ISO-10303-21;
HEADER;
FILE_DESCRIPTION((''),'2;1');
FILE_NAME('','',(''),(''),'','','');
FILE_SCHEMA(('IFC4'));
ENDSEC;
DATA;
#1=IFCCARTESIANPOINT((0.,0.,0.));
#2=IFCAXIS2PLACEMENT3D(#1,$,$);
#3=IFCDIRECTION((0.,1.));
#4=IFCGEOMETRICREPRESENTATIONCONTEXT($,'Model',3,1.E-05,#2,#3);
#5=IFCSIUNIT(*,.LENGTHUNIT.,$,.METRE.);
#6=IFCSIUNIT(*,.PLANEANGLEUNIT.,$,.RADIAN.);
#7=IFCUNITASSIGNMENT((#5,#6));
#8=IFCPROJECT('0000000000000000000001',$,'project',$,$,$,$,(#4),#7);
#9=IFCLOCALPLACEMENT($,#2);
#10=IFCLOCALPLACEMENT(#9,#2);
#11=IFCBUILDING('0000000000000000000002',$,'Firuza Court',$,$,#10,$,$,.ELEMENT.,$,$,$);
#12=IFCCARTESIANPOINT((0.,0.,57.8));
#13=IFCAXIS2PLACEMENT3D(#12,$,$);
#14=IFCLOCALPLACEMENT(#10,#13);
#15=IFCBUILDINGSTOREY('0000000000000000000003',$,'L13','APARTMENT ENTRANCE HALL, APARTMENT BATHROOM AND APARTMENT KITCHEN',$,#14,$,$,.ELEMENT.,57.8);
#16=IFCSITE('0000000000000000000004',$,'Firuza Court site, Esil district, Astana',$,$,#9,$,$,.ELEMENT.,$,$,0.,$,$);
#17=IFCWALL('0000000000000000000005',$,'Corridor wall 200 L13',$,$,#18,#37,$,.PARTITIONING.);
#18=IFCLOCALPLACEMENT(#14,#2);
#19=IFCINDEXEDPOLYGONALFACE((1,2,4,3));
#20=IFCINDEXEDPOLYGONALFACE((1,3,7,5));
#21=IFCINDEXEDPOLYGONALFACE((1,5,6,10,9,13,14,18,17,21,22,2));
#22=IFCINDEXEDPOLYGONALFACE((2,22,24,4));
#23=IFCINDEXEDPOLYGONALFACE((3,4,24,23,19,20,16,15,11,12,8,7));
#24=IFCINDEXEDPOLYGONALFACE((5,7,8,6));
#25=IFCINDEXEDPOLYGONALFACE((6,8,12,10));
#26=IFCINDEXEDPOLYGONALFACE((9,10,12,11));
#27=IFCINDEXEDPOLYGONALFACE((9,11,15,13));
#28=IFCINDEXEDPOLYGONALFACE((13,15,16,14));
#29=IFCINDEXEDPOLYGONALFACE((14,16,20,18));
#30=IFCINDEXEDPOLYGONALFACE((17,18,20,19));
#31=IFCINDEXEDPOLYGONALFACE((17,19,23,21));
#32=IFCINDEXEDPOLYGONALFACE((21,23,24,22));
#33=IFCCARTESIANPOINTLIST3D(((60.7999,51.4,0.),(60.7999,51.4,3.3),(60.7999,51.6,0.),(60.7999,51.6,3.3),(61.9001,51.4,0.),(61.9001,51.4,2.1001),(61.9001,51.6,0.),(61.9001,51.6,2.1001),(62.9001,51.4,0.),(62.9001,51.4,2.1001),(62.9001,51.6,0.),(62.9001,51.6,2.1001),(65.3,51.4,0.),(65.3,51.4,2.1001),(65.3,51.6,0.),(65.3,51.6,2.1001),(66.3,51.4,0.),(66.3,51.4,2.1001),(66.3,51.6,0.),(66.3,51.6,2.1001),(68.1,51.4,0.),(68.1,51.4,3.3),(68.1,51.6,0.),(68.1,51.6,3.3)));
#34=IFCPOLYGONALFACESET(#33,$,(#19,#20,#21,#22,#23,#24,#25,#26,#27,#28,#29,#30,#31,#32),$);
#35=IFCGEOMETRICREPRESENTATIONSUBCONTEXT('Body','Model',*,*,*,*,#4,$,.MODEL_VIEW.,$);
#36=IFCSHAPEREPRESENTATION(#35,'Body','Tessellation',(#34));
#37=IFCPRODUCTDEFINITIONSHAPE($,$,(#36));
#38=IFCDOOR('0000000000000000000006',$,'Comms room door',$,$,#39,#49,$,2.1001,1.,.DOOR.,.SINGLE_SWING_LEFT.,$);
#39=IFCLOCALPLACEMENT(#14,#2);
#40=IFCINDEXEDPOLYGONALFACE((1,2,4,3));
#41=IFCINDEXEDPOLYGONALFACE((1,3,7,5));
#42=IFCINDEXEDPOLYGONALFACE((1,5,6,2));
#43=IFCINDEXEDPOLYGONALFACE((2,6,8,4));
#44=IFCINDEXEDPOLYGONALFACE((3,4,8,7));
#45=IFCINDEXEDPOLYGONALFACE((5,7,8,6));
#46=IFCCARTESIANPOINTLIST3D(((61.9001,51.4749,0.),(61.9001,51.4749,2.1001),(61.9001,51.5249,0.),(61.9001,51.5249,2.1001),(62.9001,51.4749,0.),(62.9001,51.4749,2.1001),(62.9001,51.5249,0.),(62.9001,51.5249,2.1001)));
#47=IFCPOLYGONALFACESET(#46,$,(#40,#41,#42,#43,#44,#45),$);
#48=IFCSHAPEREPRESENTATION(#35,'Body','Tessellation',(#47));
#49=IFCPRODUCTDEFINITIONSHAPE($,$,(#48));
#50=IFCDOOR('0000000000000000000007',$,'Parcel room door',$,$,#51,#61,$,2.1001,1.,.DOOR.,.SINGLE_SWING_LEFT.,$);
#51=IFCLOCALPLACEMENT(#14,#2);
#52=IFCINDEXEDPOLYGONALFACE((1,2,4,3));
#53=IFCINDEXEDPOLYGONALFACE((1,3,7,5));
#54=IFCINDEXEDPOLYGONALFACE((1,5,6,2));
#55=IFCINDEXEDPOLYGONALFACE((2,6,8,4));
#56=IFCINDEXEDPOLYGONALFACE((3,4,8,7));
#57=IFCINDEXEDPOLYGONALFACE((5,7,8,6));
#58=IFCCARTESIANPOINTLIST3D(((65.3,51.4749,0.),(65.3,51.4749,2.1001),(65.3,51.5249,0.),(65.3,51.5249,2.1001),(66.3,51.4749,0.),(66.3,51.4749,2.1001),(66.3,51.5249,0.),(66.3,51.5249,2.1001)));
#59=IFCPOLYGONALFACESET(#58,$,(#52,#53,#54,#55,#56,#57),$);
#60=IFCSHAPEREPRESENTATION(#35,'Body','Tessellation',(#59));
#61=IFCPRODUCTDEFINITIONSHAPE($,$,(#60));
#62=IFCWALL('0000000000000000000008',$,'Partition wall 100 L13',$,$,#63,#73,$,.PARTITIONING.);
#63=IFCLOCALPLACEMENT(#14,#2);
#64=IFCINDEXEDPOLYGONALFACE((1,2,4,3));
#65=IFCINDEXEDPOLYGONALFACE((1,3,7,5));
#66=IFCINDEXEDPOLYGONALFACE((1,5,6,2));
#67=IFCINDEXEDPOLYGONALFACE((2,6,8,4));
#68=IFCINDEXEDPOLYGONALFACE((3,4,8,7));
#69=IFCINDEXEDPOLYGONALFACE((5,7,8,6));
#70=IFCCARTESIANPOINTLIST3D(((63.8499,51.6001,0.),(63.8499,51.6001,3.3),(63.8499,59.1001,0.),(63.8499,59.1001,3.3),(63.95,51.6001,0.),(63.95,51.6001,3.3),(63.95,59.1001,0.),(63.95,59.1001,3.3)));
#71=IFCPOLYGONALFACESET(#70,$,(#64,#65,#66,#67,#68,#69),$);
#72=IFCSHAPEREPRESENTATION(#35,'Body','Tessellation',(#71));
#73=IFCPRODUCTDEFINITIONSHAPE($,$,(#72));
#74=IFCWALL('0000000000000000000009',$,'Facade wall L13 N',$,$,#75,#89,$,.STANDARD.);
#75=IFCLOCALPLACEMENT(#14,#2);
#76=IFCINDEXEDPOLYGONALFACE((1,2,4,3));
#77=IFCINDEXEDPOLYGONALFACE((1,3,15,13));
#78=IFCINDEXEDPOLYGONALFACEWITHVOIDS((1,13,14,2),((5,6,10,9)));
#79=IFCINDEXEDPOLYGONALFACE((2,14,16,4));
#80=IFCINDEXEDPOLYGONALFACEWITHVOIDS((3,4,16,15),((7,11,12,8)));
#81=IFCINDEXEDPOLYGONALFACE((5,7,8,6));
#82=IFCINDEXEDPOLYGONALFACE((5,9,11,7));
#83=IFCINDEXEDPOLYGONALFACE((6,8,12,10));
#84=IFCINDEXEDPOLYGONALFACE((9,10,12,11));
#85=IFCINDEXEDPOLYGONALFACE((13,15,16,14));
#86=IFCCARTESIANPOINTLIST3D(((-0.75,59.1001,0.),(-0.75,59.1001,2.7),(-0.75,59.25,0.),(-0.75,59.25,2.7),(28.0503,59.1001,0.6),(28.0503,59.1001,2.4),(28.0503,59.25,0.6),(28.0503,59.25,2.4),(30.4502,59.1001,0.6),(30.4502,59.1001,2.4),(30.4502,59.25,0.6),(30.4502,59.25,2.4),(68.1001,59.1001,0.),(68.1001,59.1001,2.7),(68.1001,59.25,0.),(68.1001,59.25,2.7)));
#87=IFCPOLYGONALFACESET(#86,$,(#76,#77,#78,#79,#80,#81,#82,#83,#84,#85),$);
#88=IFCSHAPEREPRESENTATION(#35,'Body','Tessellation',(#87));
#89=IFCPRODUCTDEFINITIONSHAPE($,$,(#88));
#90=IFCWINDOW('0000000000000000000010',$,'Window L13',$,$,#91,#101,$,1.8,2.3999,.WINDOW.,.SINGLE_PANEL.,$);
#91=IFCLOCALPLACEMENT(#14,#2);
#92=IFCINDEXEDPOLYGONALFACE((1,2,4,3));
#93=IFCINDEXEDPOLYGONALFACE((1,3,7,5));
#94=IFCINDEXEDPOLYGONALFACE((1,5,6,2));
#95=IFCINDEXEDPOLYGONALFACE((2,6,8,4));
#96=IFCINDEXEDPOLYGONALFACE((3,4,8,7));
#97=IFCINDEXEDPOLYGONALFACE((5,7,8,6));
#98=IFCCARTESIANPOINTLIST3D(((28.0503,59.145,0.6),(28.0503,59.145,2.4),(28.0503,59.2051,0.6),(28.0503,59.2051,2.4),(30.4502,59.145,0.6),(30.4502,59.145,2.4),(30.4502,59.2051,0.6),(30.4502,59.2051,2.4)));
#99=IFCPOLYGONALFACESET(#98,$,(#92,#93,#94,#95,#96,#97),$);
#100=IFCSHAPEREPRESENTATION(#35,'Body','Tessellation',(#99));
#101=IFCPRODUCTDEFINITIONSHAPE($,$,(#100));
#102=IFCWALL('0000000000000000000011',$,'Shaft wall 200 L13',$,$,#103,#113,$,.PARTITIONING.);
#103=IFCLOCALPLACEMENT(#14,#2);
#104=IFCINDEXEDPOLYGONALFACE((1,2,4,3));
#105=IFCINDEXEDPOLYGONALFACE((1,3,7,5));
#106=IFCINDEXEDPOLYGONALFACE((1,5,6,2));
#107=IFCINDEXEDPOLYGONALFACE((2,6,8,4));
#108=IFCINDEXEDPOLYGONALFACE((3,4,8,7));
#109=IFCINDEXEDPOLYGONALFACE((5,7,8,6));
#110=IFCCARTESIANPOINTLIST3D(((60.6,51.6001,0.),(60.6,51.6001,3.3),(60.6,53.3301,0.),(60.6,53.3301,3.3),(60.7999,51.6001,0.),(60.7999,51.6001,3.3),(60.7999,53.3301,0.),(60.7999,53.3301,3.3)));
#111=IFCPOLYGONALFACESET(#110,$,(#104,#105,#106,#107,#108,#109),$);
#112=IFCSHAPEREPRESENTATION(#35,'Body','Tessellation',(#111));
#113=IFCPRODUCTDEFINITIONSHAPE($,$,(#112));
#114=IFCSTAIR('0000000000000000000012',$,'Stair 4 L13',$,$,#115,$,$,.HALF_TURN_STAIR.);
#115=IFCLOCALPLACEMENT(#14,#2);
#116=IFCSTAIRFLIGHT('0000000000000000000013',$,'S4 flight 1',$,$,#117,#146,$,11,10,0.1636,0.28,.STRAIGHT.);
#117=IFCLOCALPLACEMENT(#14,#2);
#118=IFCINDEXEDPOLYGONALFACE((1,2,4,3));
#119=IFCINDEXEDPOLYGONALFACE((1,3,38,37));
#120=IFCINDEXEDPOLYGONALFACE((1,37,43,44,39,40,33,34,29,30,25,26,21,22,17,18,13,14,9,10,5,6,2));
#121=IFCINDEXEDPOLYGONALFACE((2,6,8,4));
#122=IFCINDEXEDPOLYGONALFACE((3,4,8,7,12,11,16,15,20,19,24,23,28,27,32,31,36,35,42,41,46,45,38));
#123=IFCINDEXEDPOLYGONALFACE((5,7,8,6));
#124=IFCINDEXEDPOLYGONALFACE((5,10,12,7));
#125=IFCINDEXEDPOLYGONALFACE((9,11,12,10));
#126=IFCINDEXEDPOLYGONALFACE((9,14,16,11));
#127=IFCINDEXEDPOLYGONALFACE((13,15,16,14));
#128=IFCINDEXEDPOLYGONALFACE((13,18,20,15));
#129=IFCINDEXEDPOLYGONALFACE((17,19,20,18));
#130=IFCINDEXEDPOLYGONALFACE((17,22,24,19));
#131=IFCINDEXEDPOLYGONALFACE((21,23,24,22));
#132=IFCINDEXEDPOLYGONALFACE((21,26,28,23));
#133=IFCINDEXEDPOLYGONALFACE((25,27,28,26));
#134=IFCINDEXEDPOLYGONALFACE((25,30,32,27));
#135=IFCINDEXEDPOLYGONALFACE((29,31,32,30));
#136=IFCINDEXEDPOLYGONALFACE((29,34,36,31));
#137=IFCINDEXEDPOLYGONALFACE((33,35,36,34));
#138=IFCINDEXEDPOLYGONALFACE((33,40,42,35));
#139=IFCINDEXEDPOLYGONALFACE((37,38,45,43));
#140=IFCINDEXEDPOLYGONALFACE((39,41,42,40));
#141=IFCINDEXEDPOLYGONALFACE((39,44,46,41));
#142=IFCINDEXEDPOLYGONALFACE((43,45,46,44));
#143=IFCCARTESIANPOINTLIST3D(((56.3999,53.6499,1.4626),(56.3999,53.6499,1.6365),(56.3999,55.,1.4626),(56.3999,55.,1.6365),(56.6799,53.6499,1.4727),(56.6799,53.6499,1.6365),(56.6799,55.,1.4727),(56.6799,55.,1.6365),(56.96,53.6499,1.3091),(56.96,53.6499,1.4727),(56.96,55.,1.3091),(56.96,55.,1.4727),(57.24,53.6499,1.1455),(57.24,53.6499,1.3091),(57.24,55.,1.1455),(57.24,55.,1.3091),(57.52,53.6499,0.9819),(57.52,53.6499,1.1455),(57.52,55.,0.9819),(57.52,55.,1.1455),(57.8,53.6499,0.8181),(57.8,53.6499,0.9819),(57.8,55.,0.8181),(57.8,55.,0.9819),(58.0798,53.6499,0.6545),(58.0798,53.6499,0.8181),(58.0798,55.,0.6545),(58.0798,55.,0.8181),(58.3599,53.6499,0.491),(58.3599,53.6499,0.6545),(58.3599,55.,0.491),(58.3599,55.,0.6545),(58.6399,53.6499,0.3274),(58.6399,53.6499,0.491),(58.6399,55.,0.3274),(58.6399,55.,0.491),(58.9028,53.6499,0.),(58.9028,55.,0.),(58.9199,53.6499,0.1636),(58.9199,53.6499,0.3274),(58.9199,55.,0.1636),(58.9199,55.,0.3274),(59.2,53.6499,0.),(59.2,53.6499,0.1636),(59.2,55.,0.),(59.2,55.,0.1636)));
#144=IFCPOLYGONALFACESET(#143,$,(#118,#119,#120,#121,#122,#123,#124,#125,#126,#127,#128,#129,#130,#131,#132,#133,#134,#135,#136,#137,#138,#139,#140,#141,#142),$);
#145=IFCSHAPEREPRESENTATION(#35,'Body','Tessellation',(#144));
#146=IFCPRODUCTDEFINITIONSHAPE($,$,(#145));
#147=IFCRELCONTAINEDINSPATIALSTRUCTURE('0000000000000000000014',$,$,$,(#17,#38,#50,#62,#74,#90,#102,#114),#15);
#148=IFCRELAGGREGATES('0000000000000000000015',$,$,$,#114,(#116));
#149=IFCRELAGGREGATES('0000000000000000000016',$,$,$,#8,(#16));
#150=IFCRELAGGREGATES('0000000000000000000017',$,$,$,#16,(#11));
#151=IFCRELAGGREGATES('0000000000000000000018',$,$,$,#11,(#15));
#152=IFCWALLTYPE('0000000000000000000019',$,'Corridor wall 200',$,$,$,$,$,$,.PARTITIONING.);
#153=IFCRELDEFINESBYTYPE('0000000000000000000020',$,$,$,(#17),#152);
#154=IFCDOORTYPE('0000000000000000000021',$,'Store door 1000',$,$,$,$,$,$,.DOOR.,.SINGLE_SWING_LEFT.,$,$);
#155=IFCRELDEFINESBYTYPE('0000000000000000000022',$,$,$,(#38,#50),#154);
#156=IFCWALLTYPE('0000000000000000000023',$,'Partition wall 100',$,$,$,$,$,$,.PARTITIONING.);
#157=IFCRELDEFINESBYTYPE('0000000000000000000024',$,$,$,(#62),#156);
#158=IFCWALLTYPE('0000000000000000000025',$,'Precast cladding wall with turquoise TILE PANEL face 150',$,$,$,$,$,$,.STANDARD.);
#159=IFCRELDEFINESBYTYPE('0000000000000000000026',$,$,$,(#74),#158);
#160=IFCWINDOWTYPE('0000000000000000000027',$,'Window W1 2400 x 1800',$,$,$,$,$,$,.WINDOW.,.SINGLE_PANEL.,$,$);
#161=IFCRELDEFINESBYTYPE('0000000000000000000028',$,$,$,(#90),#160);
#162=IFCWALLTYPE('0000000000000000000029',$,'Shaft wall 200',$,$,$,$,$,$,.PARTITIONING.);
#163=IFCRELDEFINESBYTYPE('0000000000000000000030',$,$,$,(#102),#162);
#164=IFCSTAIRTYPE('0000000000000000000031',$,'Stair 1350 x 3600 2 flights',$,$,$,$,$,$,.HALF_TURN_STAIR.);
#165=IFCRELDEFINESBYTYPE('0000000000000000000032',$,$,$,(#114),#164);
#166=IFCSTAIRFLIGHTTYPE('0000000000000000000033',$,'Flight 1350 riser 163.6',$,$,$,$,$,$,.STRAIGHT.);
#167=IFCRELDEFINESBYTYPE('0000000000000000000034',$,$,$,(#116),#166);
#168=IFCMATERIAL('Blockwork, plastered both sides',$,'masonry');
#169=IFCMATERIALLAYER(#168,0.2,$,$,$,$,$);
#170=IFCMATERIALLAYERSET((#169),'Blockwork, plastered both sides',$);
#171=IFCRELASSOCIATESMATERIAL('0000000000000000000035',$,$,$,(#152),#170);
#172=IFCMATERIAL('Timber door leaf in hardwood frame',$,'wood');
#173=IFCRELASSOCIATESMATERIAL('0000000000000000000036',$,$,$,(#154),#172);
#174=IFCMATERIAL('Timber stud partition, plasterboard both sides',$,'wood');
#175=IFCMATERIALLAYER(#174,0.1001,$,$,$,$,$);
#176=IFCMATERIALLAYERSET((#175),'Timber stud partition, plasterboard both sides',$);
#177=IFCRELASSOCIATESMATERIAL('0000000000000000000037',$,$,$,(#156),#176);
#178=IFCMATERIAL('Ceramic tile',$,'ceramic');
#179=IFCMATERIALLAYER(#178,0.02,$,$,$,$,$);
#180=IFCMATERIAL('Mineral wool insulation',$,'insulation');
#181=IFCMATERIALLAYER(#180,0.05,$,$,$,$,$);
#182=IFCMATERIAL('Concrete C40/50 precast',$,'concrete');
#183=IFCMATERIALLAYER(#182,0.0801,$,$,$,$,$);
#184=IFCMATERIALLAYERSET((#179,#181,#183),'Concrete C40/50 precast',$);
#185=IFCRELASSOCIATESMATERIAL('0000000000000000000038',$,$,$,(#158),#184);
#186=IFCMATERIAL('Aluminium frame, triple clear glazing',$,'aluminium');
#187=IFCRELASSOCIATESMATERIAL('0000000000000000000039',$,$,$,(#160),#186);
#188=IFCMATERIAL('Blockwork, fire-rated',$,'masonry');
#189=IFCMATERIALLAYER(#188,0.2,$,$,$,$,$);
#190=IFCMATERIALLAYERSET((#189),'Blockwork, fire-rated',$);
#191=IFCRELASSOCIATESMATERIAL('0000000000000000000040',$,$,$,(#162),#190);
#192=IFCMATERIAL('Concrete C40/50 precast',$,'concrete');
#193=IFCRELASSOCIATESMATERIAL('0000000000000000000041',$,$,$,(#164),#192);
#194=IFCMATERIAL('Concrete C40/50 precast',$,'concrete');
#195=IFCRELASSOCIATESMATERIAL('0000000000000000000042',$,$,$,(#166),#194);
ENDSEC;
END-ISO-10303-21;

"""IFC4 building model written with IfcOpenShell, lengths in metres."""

from ifc_helpers import new_model, si_unit, direction, frame, frame_2d, origin, place, context, subcontext, project, spatial, polyline, rectangle, outline, extrude, material, layer, layer_set, type_object, element, fill, aggregate, save


model = new_model("IFC4")

# Units and contexts
model_context = context("Model", 3, precision=1e-05, world=origin(), true_north=direction((0.0, 1.0)))
body_context = subcontext(model_context, "Body", "Model", "MODEL_VIEW")
ifc_project = project(units=[si_unit("LENGTHUNIT", "METRE"), si_unit("PLANEANGLEUNIT", "RADIAN")], contexts=[model_context])

# Site, building, storey
site_placement = place(None, origin())
site = spatial("IfcSite", under=ifc_project, at=site_placement, Name="Firuza Court site, Esil district, Astana", CompositionType="ELEMENT", RefElevation=0.0)
building_placement = place(site_placement, origin())
building = spatial("IfcBuilding", under=site, at=building_placement, Name="Firuza Court", CompositionType="ELEMENT")
storey_placement = place(building_placement, frame((0.0, 0.0, 57.8)))
storey = spatial("IfcBuildingStorey", under=building, at=storey_placement, Name="L13", Description="APARTMENT ENTRANCE HALL, APARTMENT BATHROOM AND APARTMENT KITCHEN", CompositionType="ELEMENT", Elevation=57.8)

# Wall, openings, doors
ifc_material_1 = material(Name="Blockwork, plastered both sides", Category="masonry")
ifc_layer_1 = layer(ifc_material_1, 0.2)
ifc_layer_set_1 = layer_set([ifc_layer_1], Name="Blockwork, plastered both sides")
wall_type_1 = type_object("IfcWallType", Name="Corridor wall 200", PredefinedType="PARTITIONING", material=ifc_layer_set_1)
wall_1_placement = place(storey_placement, frame((60.8, 51.5, 0.0), z_axis=(0.0, 0.0, 1.0), x_axis=(1.0, 0.0, 0.0)))
wall_1 = element("IfcWall", 1, at=wall_1_placement, inside=storey, type_object=wall_type_1, Name="Corridor wall 200 L13", PredefinedType="PARTITIONING", context=body_context, shape_type="SweptSolid", body=[
    extrude(rectangle(XDim=7.3, YDim=0.2, at=frame_2d((3.6499, 0.0))), origin(), (0.0, 0.0, 1.0), 3.3),
])
opening_1_placement = place(wall_1_placement, frame((1.1001, 0.0, 0.0)))
opening_1 = element("IfcOpeningElement", 2, at=opening_1_placement, cuts=wall_1, PredefinedType="OPENING", context=body_context, shape_type="SweptSolid", body=[
    extrude(rectangle(XDim=1.0, YDim=2.1001, at=frame_2d((0.5, 1.05))), frame((0.0, 0.1118, 0.0), z_axis=(0.0, -1.0, 0.0), x_axis=(1.0, 0.0, 0.0)), (0.0, 0.0, 1.0), 0.2239),
])
opening_2_placement = place(wall_1_placement, frame((4.5, 0.0, 0.0)))
opening_2 = element("IfcOpeningElement", 3, at=opening_2_placement, cuts=wall_1, PredefinedType="OPENING", context=body_context, shape_type="SweptSolid", body=[
    extrude(rectangle(XDim=1.0, YDim=2.1001, at=frame_2d((0.5, 1.05))), frame((0.0, 0.1118, 0.0), z_axis=(0.0, -1.0, 0.0), x_axis=(1.0, 0.0, 0.0)), (0.0, 0.0, 1.0), 0.2239),
])
ifc_material_2 = material(Name="Timber door leaf in hardwood frame", Category="wood")
door_type = type_object("IfcDoorType", Name="Store door 1000", OperationType="SINGLE_SWING_LEFT", PredefinedType="DOOR", material=ifc_material_2)
door_1_placement = place(opening_1_placement, origin())
door_1 = element("IfcDoor", 4, at=door_1_placement, inside=storey, type_object=door_type, Name="Comms room door", OperationType="SINGLE_SWING_LEFT", OverallHeight=2.1001, OverallWidth=1.0, PredefinedType="DOOR", context=body_context, shape_type="SweptSolid", body=[
    extrude(rectangle(XDim=1.0, YDim=2.1001, at=frame_2d((0.5, 1.05))), frame((0.0, 0.0249, 0.0), z_axis=(0.0, -1.0, 0.0), x_axis=(1.0, 0.0, 0.0)), (0.0, 0.0, 1.0), 0.05),
])
fill(opening_1, door_1)
door_2_placement = place(opening_2_placement, origin())
door_2 = element("IfcDoor", 5, at=door_2_placement, inside=storey, type_object=door_type, Name="Parcel room door", OperationType="SINGLE_SWING_LEFT", OverallHeight=2.1001, OverallWidth=1.0, PredefinedType="DOOR", context=body_context, shape_type="SweptSolid", body=[
    extrude(rectangle(XDim=1.0, YDim=2.1001, at=frame_2d((0.5, 1.05))), frame((0.0, 0.0249, 0.0), z_axis=(0.0, -1.0, 0.0), x_axis=(1.0, 0.0, 0.0)), (0.0, 0.0, 1.0), 0.05),
])
fill(opening_2, door_2)

# Wall
ifc_material_3 = material(Name="Timber stud partition, plasterboard both sides", Category="wood")
ifc_layer_2 = layer(ifc_material_3, 0.1001)
ifc_layer_set_2 = layer_set([ifc_layer_2], Name="Timber stud partition, plasterboard both sides")
wall_type_2 = type_object("IfcWallType", Name="Partition wall 100", PredefinedType="PARTITIONING", material=ifc_layer_set_2)
wall_2_placement = place(storey_placement, frame((63.8999, 51.6001, 0.0), z_axis=(0.0, 0.0, 1.0), x_axis=(0.0, 1.0, 0.0)))
element("IfcWall", 6, at=wall_2_placement, inside=storey, type_object=wall_type_2, Name="Partition wall 100 L13", PredefinedType="PARTITIONING", context=body_context, shape_type="SweptSolid", body=[
    extrude(rectangle(XDim=7.5, YDim=0.1001, at=frame_2d((3.75, 0.0))), origin(), (0.0, 0.0, 1.0), 3.3),
])

# Wall, opening, window
ifc_material_4 = material(Name="Ceramic tile", Category="ceramic")
ifc_layer_3 = layer(ifc_material_4, 0.02)
ifc_material_5 = material(Name="Mineral wool insulation", Category="insulation")
ifc_layer_4 = layer(ifc_material_5, 0.05)
ifc_material_6 = material(Name="Concrete C40/50 precast", Category="concrete")
ifc_layer_5 = layer(ifc_material_6, 0.0801)
ifc_layer_set_3 = layer_set([ifc_layer_3, ifc_layer_4, ifc_layer_5], Name="Concrete C40/50 precast")
wall_type_3 = type_object("IfcWallType", Name="Precast cladding wall with turquoise TILE PANEL face 150", PredefinedType="STANDARD", material=ifc_layer_set_3)
wall_3_placement = place(storey_placement, frame((68.1001, 59.175, 0.0), z_axis=(0.0, 0.0, 1.0), x_axis=(-1.0, 0.0, 0.0)))
wall_3 = element("IfcWall", 7, at=wall_3_placement, inside=storey, type_object=wall_type_3, Name="Facade wall L13 N", PredefinedType="STANDARD", context=body_context, shape_type="SweptSolid", body=[
    extrude(rectangle(XDim=68.8501, YDim=0.1499, at=frame_2d((34.425, 0.0))), origin(), (0.0, 0.0, 1.0), 2.7),
])
opening_3_placement = place(wall_3_placement, frame((37.6499, 0.0, 0.6001)))
opening_3 = element("IfcOpeningElement", 8, at=opening_3_placement, cuts=wall_3, PredefinedType="OPENING", context=body_context, shape_type="SweptSolid", body=[
    extrude(rectangle(XDim=2.3999, YDim=1.8, at=frame_2d((1.2, 0.8999))), frame((0.0, 0.0869, 0.0), z_axis=(0.0, -1.0, 0.0), x_axis=(1.0, 0.0, 0.0)), (0.0, 0.0, 1.0), 0.1738),
])
ifc_material_7 = material(Name="Aluminium frame, triple clear glazing", Category="aluminium")
window_type = type_object("IfcWindowType", Name="Window W1 2400 x 1800", PartitioningType="SINGLE_PANEL", PredefinedType="WINDOW", material=ifc_material_7)
window_placement = place(opening_3_placement, origin())
window = element("IfcWindow", 9, at=window_placement, inside=storey, type_object=window_type, Name="Window L13", OverallHeight=1.8, OverallWidth=2.3999, PartitioningType="SINGLE_PANEL", PredefinedType="WINDOW", context=body_context, shape_type="SweptSolid", body=[
    extrude(rectangle(XDim=2.3999, YDim=1.8, at=frame_2d((1.2, 0.8999))), frame((0.0, 0.03, 0.0), z_axis=(0.0, -1.0, 0.0), x_axis=(1.0, 0.0, 0.0)), (0.0, 0.0, 1.0), 0.0601),
])
fill(opening_3, window)

# Wall
ifc_material_8 = material(Name="Blockwork, fire-rated", Category="masonry")
ifc_layer_6 = layer(ifc_material_8, 0.2)
ifc_layer_set_4 = layer_set([ifc_layer_6], Name="Blockwork, fire-rated")
wall_type_4 = type_object("IfcWallType", Name="Shaft wall 200", PredefinedType="PARTITIONING", material=ifc_layer_set_4)
wall_4_placement = place(storey_placement, frame((60.7, 51.6001, 0.0), z_axis=(0.0, 0.0, 1.0), x_axis=(0.0, 1.0, 0.0)))
element("IfcWall", 10, at=wall_4_placement, inside=storey, type_object=wall_type_4, Name="Shaft wall 200 L13", PredefinedType="PARTITIONING", context=body_context, shape_type="SweptSolid", body=[
    extrude(rectangle(XDim=1.73, YDim=0.2, at=frame_2d((0.865, 0.0))), origin(), (0.0, 0.0, 1.0), 3.3),
])

# Stair, stair flight
ifc_material_9 = material(Name="Concrete C40/50 precast", Category="concrete")
stair_type = type_object("IfcStairType", Name="Stair 1350 x 3600 2 flights", PredefinedType="HALF_TURN_STAIR", material=ifc_material_9)
stair_placement = place(storey_placement, origin())
stair = element("IfcStair", 11, at=stair_placement, inside=storey, type_object=stair_type, Name="Stair 4 L13", PredefinedType="HALF_TURN_STAIR")
ifc_material_10 = material(Name="Concrete C40/50 precast", Category="concrete")
stair_flight_type = type_object("IfcStairFlightType", Name="Flight 1350 riser 163.6", PredefinedType="STRAIGHT", material=ifc_material_10)
stair_flight_1_placement = place(storey_placement, frame((59.2, 54.325, 0.0), z_axis=(0.0, 0.0, 1.0), x_axis=(-1.0, 0.0, 0.0)))
stair_flight_1 = element("IfcStairFlight", 12, at=stair_flight_1_placement, type_object=stair_flight_type, Name="S4 flight 1", NumberOfRisers=11, NumberOfTreads=10, PredefinedType="STRAIGHT", RiserHeight=0.1636, TreadLength=0.28, context=body_context, shape_type="SweptSolid", body=[
    extrude(outline(polyline([(0.0, 0.0), (0.0, 0.1636), (0.28, 0.1636), (0.28, 0.3274), (0.5601, 0.3274), (0.5601, 0.491), (0.8401, 0.491), (0.8401, 0.6545), (1.1201, 0.6545), (1.1201, 0.8181), (1.3999, 0.8181), (1.3999, 0.9819), (1.6799, 0.9819), (1.6799, 1.1455), (1.96, 1.1455), (1.96, 1.3091), (2.24, 1.3091), (2.24, 1.4727), (2.52, 1.4727), (2.52, 1.6365), (2.8, 1.6365), (2.8, 1.8), (2.8, 1.4626), (0.2971, 0.0), (0.0, 0.0)])), frame((0.0, 0.675, 0.0), z_axis=(0.0, -1.0, 0.0), x_axis=(1.0, 0.0, 0.0)), (0.0, 0.0, 1.0), 1.3501),
])
aggregate(stair, [stair_flight_1])

save(model, "model.ifc")
